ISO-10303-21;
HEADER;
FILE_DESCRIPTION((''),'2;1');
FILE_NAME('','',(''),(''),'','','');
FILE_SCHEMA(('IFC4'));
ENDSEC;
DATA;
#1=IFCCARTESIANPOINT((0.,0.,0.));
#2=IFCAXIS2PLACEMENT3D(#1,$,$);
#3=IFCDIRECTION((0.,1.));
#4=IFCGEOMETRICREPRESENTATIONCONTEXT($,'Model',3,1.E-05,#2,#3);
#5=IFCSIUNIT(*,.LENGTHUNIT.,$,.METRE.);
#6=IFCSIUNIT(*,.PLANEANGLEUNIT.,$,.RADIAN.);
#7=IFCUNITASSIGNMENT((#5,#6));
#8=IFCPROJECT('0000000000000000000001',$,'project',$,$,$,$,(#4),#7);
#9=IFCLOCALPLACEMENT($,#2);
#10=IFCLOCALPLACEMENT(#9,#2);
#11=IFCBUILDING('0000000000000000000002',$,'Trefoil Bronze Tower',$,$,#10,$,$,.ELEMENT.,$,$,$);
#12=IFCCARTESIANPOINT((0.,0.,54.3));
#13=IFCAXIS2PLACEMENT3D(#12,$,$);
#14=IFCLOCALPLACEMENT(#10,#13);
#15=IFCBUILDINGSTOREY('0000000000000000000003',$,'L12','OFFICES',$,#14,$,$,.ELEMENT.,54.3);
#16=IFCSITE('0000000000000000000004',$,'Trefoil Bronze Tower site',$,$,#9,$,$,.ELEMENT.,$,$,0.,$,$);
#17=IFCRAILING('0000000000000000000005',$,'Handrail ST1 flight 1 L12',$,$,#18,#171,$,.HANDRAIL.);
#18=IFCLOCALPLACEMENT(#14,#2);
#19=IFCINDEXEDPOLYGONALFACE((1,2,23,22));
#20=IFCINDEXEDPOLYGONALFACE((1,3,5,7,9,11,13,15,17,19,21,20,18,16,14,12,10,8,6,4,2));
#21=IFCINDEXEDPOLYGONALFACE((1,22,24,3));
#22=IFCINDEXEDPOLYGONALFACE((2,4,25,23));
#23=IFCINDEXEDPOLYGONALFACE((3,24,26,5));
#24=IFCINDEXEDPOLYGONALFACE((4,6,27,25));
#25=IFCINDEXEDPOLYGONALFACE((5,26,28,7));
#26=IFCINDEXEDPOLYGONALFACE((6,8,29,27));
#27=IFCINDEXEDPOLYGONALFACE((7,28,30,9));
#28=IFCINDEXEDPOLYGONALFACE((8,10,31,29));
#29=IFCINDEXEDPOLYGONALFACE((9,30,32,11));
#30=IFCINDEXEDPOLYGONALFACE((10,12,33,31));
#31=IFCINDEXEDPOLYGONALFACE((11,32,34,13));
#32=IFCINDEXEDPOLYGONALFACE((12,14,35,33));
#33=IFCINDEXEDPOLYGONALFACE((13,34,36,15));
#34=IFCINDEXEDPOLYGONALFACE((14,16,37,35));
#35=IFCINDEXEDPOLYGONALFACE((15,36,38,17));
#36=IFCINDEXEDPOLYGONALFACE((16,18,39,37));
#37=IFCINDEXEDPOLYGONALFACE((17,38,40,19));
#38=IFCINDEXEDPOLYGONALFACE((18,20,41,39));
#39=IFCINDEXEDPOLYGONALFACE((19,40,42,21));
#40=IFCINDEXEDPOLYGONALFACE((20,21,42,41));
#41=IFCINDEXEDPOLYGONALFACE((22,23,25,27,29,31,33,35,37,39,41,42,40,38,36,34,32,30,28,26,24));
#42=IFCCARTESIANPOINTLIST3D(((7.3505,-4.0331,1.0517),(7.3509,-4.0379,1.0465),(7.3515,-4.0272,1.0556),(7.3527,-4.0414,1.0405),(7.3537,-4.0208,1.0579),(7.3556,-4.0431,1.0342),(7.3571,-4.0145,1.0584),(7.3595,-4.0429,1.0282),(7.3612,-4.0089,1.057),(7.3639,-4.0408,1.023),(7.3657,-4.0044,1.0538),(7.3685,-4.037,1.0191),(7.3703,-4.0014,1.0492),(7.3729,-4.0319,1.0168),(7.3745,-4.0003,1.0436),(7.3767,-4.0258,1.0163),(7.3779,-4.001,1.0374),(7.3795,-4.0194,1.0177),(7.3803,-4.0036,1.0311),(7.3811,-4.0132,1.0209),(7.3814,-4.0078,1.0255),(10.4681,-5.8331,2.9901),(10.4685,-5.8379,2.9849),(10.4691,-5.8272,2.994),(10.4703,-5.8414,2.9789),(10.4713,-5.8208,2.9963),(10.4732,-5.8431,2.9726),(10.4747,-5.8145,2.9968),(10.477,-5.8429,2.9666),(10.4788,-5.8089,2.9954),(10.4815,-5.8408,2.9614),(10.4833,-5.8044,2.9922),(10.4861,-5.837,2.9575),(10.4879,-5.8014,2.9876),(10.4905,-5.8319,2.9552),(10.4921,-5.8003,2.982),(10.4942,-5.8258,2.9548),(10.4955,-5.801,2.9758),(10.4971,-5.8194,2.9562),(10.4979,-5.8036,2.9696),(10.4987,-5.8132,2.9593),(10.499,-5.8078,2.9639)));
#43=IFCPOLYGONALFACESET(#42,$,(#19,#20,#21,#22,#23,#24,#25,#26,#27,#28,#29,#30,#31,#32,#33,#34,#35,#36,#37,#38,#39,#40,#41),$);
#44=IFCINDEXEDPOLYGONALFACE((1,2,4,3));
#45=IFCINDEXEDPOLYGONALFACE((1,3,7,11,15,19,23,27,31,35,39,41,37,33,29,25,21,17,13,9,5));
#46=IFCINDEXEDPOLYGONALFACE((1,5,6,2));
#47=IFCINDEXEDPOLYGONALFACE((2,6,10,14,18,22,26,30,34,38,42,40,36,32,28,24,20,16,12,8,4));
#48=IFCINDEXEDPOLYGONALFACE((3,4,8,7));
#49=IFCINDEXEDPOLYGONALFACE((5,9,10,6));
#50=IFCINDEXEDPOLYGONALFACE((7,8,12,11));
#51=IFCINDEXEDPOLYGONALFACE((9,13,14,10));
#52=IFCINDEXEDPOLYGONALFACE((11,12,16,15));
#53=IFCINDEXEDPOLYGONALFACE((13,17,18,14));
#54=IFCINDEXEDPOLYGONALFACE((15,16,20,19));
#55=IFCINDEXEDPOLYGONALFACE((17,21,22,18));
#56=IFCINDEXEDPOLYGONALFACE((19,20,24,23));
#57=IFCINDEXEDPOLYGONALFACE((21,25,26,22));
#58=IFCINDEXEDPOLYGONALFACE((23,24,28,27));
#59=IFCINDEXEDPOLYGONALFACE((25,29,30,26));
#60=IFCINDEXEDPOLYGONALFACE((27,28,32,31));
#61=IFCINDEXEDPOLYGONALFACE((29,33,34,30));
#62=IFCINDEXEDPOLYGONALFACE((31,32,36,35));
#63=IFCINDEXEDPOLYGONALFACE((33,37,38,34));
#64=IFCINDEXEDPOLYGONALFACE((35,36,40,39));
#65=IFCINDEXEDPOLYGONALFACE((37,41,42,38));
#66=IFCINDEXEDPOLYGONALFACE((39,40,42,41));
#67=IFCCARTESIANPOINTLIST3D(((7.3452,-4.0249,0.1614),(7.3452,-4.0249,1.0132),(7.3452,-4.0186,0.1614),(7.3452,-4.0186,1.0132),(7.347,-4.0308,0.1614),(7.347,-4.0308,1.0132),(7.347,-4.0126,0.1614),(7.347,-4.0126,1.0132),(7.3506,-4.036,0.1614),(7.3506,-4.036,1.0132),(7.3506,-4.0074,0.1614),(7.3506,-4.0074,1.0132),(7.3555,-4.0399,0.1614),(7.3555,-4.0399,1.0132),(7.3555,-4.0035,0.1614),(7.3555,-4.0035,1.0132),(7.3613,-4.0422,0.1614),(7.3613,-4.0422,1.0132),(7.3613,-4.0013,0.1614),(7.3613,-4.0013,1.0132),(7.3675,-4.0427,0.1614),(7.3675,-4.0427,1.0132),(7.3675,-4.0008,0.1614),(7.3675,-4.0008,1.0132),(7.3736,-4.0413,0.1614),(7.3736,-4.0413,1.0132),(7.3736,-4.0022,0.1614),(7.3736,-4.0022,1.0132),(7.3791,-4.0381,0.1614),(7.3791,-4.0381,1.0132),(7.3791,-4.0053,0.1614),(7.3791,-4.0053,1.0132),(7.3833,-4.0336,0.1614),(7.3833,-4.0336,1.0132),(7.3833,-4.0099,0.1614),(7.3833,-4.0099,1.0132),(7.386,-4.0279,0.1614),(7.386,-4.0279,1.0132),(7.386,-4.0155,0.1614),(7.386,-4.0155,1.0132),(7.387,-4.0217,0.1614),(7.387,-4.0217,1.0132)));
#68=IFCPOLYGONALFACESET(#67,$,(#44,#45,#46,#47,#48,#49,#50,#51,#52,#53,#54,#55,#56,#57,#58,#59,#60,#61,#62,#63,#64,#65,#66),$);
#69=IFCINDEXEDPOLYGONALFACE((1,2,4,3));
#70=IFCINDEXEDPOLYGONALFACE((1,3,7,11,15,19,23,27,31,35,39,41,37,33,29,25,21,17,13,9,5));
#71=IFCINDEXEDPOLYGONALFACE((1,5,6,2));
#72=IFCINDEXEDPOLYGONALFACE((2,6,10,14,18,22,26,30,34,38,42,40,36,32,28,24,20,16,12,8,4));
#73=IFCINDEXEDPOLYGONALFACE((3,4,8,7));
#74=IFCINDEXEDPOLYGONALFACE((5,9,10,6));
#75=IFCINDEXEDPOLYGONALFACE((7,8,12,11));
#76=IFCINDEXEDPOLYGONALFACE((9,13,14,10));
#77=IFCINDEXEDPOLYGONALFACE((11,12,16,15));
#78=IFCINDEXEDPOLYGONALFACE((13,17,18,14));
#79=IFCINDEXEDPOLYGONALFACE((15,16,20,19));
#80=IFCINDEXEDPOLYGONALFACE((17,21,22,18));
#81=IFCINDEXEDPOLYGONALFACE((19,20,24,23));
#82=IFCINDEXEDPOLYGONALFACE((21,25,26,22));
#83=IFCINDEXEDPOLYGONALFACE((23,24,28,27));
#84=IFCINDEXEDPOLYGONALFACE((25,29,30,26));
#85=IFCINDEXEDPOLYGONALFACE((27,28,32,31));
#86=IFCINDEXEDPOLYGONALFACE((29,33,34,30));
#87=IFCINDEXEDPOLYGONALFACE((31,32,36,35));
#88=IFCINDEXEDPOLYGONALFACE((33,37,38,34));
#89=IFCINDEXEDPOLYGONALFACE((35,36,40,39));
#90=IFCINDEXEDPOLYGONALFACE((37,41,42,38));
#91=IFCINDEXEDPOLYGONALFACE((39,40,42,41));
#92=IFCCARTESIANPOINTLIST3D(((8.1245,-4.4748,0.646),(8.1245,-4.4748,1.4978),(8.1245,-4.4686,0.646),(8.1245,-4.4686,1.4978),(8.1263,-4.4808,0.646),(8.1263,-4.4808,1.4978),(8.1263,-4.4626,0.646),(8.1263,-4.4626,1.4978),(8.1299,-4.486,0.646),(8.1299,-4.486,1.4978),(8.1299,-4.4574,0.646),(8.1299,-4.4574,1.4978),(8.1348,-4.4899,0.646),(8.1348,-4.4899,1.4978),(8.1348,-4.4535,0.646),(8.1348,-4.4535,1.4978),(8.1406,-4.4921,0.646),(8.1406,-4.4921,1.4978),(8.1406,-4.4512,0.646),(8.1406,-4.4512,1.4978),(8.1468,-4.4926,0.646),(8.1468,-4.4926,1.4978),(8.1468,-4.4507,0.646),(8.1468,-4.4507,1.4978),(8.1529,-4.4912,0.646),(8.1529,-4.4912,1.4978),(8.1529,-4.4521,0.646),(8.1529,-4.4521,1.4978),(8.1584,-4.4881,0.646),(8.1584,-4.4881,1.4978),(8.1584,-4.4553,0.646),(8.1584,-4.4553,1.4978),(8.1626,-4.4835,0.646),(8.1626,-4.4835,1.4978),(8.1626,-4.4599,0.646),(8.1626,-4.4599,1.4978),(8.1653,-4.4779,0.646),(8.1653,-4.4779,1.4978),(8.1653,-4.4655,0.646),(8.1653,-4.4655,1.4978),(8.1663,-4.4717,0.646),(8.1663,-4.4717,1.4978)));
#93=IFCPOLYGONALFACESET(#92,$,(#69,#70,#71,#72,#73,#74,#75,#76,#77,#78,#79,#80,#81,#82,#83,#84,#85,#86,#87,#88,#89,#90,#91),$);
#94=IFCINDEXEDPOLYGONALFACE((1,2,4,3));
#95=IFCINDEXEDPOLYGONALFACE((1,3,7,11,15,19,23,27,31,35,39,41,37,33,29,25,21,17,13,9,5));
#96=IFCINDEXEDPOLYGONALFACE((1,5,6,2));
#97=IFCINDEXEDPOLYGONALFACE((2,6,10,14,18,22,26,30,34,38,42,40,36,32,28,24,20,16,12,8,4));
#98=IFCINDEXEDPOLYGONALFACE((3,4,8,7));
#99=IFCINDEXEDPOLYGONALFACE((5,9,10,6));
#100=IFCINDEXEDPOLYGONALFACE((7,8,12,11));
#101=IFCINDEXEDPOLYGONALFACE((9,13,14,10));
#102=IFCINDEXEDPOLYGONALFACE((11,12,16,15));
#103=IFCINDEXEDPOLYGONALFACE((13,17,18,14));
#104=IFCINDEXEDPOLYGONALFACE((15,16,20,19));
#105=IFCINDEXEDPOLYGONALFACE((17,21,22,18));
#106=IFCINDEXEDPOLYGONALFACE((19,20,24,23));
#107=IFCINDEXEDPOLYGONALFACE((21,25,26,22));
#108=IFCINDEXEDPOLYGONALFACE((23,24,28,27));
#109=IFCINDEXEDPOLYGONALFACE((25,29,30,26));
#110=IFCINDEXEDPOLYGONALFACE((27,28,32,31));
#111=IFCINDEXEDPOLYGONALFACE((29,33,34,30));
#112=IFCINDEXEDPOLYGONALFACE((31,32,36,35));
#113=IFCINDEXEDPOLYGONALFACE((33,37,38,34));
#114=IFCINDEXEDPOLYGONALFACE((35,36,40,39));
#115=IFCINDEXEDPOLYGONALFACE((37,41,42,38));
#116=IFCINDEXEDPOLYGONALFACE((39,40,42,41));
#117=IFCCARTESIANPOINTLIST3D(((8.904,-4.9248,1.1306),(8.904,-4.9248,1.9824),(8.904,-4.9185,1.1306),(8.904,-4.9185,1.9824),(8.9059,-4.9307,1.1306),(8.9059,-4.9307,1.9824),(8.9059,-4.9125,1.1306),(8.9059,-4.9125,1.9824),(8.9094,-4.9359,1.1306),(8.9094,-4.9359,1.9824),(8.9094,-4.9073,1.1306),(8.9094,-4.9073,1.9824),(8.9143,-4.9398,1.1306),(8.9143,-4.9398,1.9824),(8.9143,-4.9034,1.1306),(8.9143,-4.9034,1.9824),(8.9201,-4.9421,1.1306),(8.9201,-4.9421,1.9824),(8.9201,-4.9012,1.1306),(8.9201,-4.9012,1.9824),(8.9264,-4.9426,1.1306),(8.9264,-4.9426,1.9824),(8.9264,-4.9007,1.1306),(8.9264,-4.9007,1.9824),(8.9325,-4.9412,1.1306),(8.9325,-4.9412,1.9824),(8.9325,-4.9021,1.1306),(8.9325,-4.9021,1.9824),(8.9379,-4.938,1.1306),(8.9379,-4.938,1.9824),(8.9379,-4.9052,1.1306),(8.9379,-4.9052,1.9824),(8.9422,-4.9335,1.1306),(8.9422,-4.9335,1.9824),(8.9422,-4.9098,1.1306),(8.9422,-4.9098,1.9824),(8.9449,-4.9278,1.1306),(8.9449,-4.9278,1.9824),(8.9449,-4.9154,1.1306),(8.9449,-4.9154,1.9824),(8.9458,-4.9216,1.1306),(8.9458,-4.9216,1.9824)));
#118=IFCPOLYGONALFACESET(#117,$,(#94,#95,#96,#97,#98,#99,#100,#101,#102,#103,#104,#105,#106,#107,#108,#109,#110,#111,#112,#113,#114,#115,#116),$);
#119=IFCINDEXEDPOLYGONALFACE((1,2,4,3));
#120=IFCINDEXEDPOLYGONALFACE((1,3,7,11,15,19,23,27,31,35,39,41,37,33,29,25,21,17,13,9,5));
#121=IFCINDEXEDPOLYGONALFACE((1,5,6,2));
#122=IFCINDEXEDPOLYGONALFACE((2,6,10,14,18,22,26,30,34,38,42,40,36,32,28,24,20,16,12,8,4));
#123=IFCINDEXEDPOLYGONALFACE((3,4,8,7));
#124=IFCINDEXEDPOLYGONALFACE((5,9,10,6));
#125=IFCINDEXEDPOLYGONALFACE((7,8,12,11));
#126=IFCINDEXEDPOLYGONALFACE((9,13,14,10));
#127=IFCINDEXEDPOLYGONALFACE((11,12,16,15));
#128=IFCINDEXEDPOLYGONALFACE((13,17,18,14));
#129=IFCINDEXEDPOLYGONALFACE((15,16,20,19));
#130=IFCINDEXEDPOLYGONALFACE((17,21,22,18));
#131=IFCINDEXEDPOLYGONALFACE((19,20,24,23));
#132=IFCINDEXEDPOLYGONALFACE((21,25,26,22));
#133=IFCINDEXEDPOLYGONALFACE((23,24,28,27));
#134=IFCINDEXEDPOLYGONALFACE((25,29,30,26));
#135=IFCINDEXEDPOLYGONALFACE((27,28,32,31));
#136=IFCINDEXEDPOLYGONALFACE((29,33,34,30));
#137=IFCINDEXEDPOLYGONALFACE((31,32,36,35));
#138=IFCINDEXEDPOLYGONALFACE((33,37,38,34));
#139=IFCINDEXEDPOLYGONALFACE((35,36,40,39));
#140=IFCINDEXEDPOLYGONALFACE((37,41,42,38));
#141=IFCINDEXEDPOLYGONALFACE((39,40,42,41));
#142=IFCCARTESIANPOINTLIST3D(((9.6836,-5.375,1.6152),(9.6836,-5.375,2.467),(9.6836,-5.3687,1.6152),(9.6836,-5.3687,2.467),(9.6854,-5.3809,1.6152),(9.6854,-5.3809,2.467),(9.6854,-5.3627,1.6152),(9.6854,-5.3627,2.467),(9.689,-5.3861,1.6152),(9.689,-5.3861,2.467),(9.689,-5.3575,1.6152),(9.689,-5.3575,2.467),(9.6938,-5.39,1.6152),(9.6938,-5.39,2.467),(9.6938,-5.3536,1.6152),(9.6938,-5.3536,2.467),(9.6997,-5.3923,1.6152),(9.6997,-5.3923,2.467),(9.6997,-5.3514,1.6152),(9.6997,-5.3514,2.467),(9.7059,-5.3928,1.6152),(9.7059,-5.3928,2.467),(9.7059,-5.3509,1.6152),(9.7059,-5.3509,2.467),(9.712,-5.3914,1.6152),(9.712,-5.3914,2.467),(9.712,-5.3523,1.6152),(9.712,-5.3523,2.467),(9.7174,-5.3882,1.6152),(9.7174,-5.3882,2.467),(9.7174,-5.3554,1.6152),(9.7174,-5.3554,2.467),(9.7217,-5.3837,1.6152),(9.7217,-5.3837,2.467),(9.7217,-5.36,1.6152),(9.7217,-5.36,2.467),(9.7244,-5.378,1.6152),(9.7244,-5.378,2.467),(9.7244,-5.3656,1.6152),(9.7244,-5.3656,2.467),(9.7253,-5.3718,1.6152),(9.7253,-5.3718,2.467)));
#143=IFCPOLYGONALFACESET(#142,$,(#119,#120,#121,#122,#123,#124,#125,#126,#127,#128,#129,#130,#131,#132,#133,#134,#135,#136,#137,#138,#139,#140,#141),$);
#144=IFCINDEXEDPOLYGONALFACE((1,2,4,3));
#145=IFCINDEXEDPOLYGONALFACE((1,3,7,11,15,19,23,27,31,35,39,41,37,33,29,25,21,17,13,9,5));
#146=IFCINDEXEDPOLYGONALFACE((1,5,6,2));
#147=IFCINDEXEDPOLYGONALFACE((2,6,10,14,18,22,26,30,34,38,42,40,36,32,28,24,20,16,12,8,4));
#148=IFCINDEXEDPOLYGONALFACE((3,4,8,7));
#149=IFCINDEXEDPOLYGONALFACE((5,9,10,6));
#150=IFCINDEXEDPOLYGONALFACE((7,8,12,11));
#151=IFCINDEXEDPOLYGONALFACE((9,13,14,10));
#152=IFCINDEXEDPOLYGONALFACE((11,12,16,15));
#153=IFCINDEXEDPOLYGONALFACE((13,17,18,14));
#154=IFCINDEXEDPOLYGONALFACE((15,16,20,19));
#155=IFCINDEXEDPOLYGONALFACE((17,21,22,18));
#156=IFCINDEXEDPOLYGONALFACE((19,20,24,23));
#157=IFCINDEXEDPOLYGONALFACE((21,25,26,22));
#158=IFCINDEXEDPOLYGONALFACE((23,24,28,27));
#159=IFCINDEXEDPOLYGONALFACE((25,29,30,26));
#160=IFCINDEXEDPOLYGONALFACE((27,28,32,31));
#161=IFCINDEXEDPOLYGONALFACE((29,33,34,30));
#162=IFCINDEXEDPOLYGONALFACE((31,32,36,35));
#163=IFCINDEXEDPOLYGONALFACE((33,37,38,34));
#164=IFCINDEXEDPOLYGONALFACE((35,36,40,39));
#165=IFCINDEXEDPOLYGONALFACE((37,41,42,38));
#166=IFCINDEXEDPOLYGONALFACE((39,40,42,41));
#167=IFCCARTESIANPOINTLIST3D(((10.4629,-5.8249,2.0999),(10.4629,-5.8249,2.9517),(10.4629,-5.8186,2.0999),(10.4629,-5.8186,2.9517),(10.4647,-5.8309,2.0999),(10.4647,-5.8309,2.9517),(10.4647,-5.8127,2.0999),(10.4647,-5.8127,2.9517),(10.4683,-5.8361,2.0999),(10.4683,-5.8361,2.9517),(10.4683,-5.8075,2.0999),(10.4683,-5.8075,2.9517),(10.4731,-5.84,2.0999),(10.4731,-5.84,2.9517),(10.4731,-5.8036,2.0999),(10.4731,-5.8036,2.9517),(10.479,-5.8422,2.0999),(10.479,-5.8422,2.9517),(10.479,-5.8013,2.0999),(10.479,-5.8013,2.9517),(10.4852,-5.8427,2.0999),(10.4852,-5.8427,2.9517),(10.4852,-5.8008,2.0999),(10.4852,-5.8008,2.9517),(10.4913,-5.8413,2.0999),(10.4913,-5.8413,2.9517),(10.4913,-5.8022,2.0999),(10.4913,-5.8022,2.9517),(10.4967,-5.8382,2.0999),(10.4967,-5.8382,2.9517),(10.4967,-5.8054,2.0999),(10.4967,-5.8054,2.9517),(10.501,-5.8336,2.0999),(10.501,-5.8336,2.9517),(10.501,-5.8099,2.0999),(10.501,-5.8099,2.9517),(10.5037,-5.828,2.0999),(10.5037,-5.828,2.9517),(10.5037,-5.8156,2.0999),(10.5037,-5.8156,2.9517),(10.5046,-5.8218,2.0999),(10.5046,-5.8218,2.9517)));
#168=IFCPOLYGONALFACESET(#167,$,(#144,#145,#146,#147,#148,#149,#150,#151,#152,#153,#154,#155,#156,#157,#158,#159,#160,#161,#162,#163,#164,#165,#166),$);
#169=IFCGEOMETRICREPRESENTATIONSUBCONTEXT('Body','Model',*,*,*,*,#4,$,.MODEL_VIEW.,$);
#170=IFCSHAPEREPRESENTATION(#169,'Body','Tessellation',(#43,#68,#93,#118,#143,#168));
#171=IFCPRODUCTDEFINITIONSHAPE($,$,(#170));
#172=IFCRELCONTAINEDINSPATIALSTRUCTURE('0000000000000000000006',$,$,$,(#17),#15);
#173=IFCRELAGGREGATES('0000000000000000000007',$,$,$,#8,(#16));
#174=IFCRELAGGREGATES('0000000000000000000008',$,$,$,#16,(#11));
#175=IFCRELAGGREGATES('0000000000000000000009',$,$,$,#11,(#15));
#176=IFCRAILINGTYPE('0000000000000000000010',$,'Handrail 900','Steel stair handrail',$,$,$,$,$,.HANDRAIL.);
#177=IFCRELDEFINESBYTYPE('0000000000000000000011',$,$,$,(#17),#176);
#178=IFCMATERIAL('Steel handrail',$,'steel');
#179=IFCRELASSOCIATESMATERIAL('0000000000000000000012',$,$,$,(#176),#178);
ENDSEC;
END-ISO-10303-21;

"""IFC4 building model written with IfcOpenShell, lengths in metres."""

from ifc_helpers import new_model, si_unit, direction, frame, origin, origin_2d, place, context, subcontext, project, spatial, circle, extrude, material, type_object, element, save


model = new_model("IFC4")

# Units and contexts
model_context = context("Model", 3, precision=1e-05, world=origin(), true_north=direction((0.0, 1.0)))
body_context = subcontext(model_context, "Body", "Model", "MODEL_VIEW")
ifc_project = project(units=[si_unit("LENGTHUNIT", "METRE"), si_unit("PLANEANGLEUNIT", "RADIAN")], contexts=[model_context])

# Site, building, storey
site_placement = place(None, origin())
site = spatial("IfcSite", under=ifc_project, at=site_placement, Name="Trefoil Bronze Tower site", CompositionType="ELEMENT", RefElevation=0.0)
building_placement = place(site_placement, origin())
building = spatial("IfcBuilding", under=site, at=building_placement, Name="Trefoil Bronze Tower", CompositionType="ELEMENT")
storey_placement = place(building_placement, frame((0.0, 0.0, 54.3)))
storey = spatial("IfcBuildingStorey", under=building, at=storey_placement, Name="L12", Description="OFFICES", CompositionType="ELEMENT", Elevation=54.3)

# Railing
ifc_material_1 = material(Name="Steel handrail", Category="steel")
railing_type = type_object("IfcRailingType", Name="Handrail 900", Description="Steel stair handrail", PredefinedType="HANDRAIL", material=ifc_material_1)
railing_1_placement = place(storey_placement, frame((7.366, -4.0217, 0.1614)))
element("IfcRailing", 1, at=railing_1_placement, inside=storey, type_object=railing_type, Name="Handrail ST1 flight 1 L12", PredefinedType="HANDRAIL", context=body_context, shape_type="SweptSolid", body=[
    extrude(circle(Radius=0.0239, at=origin_2d()), frame((0.0, 0.0, 0.876), z_axis=(0.762503, -0.440246, 0.474102), x_axis=(0.500012, 0.866018, 0.0)), (0.0, 0.0, 1.0), 4.0886),
    extrude(circle(Radius=0.021, at=origin_2d()), origin(), (0.0, 0.0, 1.0), 0.8518),
    extrude(circle(Radius=0.021, at=origin_2d()), frame((0.7793, -0.45, 0.4846)), (0.0, 0.0, 1.0), 0.8518),
    extrude(circle(Radius=0.021, at=origin_2d()), frame((1.5588, -0.8999, 0.9692)), (0.0, 0.0, 1.0), 0.8518),
    extrude(circle(Radius=0.021, at=origin_2d()), frame((2.3384, -1.3501, 1.4539)), (0.0, 0.0, 1.0), 0.8518),
    extrude(circle(Radius=0.021, at=origin_2d()), frame((3.1177, -1.8, 1.9385)), (0.0, 0.0, 1.0), 0.8518),
])

save(model, "model.ifc")
